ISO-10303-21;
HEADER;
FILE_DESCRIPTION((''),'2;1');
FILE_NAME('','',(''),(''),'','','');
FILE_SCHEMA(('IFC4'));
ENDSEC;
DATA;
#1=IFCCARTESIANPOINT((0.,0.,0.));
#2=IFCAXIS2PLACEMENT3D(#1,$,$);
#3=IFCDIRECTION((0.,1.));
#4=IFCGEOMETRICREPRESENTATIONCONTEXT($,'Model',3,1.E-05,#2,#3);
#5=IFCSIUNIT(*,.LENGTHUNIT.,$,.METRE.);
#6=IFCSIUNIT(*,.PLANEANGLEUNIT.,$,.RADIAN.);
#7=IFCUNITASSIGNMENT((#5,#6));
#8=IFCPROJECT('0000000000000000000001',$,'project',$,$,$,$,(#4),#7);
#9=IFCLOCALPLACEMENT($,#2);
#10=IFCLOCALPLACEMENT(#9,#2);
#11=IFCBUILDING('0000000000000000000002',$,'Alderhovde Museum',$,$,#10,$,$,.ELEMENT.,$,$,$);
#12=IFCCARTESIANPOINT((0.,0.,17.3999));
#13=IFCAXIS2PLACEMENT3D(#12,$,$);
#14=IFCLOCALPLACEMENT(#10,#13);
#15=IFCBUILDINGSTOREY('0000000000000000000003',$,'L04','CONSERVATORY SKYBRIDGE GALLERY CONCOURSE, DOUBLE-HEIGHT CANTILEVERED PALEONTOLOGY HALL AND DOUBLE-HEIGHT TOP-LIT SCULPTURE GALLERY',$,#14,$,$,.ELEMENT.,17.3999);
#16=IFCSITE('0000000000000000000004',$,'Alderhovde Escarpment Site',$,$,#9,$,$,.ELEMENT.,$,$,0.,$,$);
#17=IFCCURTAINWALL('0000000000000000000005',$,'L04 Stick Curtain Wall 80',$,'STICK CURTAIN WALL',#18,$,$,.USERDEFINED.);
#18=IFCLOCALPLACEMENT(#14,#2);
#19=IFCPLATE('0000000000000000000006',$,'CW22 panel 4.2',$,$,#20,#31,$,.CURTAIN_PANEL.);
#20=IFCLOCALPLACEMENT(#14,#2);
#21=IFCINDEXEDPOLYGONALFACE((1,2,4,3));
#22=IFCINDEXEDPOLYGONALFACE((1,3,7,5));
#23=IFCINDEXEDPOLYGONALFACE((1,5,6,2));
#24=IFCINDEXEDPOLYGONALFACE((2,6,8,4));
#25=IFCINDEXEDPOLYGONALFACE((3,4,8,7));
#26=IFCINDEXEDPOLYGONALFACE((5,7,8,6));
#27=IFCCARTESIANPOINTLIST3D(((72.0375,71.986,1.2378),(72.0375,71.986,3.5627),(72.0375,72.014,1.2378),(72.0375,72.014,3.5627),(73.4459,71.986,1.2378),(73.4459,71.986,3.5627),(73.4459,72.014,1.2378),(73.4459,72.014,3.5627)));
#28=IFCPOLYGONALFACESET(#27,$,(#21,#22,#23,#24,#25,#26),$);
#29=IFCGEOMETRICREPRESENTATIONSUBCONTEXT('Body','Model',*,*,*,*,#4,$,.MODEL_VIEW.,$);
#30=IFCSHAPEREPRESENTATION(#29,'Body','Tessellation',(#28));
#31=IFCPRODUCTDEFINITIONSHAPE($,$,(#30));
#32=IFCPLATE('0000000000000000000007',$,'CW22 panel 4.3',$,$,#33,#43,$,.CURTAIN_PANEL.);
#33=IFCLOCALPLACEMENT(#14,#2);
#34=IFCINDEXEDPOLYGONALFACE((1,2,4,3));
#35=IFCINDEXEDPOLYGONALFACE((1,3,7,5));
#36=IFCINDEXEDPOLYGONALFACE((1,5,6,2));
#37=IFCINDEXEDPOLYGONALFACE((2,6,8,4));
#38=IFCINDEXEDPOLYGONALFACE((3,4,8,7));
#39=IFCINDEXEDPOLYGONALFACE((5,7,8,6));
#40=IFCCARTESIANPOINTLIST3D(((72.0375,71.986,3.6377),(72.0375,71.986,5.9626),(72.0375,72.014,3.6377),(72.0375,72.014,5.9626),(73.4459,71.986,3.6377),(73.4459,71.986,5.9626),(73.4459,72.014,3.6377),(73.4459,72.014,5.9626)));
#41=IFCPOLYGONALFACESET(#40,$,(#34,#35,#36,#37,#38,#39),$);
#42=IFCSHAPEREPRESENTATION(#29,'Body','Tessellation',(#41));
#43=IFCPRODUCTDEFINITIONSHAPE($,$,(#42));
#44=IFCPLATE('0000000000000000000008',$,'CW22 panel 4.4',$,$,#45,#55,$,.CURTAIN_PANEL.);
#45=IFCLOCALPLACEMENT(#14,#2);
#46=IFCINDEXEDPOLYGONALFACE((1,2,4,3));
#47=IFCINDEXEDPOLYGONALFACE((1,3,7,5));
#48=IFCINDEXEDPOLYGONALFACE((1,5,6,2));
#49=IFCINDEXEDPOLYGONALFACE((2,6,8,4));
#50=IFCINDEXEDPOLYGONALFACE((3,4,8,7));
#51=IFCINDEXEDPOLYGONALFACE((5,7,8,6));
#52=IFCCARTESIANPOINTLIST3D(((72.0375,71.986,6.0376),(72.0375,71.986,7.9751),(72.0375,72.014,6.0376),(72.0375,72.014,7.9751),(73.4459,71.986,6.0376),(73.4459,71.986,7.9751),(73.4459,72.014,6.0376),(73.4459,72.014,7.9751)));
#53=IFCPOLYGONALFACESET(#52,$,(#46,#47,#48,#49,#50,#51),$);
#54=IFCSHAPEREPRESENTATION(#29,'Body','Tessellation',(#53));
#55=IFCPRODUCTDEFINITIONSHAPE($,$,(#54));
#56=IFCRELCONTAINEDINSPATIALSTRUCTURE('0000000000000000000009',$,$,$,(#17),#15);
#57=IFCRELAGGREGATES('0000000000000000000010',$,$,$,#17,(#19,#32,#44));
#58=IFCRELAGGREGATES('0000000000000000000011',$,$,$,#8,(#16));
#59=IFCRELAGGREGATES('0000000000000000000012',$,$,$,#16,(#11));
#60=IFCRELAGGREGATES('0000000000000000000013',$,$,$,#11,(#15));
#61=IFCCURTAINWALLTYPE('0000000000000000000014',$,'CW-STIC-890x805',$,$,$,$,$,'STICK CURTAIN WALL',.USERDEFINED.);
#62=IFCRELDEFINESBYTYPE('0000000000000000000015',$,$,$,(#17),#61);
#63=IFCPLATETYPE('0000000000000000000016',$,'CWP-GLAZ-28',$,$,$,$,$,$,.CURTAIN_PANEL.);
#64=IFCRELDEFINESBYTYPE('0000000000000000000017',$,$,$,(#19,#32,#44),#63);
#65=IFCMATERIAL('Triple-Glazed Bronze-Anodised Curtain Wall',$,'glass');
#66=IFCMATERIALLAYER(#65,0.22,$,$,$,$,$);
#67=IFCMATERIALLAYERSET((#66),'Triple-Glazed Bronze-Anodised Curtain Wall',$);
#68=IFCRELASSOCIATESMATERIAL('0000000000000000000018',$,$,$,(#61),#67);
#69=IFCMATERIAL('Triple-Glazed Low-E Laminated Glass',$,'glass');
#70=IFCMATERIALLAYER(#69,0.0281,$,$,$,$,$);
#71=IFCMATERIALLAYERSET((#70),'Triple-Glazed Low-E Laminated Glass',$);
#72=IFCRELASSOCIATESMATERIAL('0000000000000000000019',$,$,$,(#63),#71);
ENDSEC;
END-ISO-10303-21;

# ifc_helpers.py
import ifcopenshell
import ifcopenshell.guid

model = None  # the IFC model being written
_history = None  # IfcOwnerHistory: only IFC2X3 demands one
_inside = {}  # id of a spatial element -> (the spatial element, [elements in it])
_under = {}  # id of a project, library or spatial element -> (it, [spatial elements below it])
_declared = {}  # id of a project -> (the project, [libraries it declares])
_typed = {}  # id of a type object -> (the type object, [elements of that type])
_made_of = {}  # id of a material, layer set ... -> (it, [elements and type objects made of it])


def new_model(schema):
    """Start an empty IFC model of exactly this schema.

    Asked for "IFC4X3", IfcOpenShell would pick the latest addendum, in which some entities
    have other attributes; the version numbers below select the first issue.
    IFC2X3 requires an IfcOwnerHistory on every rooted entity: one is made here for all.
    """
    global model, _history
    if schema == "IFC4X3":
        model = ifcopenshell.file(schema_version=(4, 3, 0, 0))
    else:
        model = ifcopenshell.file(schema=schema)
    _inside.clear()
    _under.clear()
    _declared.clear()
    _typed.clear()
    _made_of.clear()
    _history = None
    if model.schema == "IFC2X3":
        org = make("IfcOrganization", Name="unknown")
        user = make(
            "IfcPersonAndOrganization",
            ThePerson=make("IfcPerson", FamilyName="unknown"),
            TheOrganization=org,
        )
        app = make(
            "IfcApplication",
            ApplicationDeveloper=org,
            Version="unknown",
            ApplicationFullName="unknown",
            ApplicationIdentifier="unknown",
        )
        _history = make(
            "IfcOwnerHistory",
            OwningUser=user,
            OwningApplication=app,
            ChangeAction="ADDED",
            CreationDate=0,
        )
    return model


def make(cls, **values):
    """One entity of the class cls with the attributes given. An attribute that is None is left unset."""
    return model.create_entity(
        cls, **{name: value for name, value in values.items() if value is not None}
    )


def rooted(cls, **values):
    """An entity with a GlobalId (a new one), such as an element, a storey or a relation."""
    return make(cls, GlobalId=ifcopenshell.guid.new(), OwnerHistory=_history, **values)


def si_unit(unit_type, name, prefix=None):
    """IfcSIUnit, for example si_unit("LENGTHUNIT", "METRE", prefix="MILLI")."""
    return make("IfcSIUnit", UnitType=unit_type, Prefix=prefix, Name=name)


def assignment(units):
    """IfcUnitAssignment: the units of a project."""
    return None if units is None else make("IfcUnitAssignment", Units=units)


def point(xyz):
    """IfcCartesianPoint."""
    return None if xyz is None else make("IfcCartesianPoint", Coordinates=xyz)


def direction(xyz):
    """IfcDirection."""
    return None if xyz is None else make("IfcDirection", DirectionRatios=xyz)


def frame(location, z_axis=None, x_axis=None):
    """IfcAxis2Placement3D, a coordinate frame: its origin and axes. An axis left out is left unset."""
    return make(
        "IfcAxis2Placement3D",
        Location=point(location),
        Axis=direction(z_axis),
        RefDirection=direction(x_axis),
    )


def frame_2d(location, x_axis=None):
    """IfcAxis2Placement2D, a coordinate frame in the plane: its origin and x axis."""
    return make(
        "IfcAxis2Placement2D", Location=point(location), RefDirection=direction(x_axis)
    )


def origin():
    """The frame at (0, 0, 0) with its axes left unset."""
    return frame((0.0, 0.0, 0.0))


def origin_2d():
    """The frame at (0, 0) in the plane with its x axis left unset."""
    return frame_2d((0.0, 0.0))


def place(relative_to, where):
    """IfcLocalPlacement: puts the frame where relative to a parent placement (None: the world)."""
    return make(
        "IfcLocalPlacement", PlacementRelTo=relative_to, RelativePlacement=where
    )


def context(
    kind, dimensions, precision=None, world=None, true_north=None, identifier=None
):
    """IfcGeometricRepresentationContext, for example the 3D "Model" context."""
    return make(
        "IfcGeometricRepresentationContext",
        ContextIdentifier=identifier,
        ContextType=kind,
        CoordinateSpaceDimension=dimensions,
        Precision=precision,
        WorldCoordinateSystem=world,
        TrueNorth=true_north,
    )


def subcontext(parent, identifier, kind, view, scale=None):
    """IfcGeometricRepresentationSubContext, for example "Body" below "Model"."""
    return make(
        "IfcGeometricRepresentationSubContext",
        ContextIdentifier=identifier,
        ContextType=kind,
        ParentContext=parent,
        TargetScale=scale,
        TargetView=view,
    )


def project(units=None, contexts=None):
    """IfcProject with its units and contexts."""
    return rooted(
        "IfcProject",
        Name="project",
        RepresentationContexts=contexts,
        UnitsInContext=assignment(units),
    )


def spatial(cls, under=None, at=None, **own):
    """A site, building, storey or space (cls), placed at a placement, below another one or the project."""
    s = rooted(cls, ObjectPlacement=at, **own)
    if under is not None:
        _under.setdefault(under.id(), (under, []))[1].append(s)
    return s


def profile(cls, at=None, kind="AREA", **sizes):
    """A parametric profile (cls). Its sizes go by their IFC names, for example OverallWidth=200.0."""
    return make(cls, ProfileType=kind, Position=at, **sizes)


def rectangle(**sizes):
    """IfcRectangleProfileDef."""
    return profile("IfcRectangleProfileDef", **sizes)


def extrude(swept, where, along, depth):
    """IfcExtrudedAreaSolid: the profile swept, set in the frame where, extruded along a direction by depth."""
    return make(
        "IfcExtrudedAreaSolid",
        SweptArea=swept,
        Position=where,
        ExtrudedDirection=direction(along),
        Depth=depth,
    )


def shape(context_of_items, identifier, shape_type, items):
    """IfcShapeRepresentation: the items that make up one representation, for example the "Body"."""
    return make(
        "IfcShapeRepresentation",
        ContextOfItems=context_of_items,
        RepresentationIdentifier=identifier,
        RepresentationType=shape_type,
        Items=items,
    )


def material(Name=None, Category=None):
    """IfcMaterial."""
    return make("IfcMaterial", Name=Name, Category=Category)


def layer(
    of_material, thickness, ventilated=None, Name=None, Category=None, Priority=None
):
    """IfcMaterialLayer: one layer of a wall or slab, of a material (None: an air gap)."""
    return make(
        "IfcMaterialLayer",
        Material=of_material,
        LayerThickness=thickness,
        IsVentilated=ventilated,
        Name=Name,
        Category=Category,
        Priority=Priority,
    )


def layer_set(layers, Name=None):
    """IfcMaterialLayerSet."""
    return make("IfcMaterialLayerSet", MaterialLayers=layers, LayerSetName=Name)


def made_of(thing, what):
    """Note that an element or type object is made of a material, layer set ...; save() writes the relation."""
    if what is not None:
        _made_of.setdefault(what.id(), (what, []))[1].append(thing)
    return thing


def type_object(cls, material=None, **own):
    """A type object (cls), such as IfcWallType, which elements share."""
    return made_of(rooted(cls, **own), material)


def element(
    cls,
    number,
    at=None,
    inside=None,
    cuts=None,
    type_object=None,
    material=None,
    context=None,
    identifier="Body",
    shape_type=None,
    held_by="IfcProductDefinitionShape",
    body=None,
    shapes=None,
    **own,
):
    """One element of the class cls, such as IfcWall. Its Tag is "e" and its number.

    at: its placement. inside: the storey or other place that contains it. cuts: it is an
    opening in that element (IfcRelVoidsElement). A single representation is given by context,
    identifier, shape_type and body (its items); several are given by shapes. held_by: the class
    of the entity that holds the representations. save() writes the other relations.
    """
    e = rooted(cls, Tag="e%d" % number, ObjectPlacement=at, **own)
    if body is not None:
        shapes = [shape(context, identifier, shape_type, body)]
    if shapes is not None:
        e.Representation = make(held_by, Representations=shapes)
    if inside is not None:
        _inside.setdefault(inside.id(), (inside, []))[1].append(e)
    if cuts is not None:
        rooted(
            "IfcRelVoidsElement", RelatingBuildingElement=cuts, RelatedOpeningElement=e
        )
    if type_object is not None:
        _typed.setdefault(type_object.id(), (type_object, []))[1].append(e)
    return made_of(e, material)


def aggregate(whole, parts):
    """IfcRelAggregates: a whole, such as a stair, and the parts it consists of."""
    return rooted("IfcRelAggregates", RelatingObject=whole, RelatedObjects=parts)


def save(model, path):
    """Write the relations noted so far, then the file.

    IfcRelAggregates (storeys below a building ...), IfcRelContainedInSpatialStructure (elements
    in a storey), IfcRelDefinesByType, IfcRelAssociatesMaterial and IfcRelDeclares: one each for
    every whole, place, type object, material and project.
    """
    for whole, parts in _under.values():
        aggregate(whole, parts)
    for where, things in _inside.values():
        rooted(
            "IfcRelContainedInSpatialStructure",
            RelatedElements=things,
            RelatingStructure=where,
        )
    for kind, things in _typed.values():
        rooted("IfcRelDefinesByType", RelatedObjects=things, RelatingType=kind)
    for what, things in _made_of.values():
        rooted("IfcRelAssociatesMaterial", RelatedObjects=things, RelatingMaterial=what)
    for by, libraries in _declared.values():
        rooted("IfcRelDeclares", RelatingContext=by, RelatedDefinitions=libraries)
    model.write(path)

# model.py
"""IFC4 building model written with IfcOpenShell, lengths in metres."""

from ifc_helpers import new_model, si_unit, direction, frame, origin, origin_2d, place, context, subcontext, project, spatial, rectangle, extrude, material, layer, layer_set, type_object, element, aggregate, save


model = new_model("IFC4")

# Units and contexts
model_context = context("Model", 3, precision=1e-05, world=origin(), true_north=direction((0.0, 1.0)))
body_context = subcontext(model_context, "Body", "Model", "MODEL_VIEW")
ifc_project = project(units=[si_unit("LENGTHUNIT", "METRE"), si_unit("PLANEANGLEUNIT", "RADIAN")], contexts=[model_context])

# Site, building, storey
site_placement = place(None, origin())
site = spatial("IfcSite", under=ifc_project, at=site_placement, Name="Alderhovde Escarpment Site", CompositionType="ELEMENT", RefElevation=0.0)
building_placement = place(site_placement, origin())
building = spatial("IfcBuilding", under=site, at=building_placement, Name="Alderhovde Museum", CompositionType="ELEMENT")
storey_placement = place(building_placement, frame((0.0, 0.0, 17.3999)))
storey = spatial("IfcBuildingStorey", under=building, at=storey_placement, Name="L04", Description="CONSERVATORY SKYBRIDGE GALLERY CONCOURSE, DOUBLE-HEIGHT CANTILEVERED PALEONTOLOGY HALL AND DOUBLE-HEIGHT TOP-LIT SCULPTURE GALLERY", CompositionType="ELEMENT", Elevation=17.3999)

# Curtain wall, plates
ifc_material_1 = material(Name="Triple-Glazed Bronze-Anodised Curtain Wall", Category="glass")
ifc_layer_1 = layer(ifc_material_1, 0.22)
ifc_layer_set_1 = layer_set([ifc_layer_1], Name="Triple-Glazed Bronze-Anodised Curtain Wall")
curtain_wall_type = type_object("IfcCurtainWallType", Name="CW-STIC-890x805", ElementType="STICK CURTAIN WALL", PredefinedType="USERDEFINED", material=ifc_layer_set_1)
curtain_wall_placement = place(storey_placement, origin())
curtain_wall = element("IfcCurtainWall", 1, at=curtain_wall_placement, inside=storey, type_object=curtain_wall_type, Name="L04 Stick Curtain Wall 80", ObjectType="STICK CURTAIN WALL", PredefinedType="USERDEFINED")
ifc_material_2 = material(Name="Triple-Glazed Low-E Laminated Glass", Category="glass")
ifc_layer_2 = layer(ifc_material_2, 0.0281)
ifc_layer_set_2 = layer_set([ifc_layer_2], Name="Triple-Glazed Low-E Laminated Glass")
plate_type = type_object("IfcPlateType", Name="CWP-GLAZ-28", PredefinedType="CURTAIN_PANEL", material=ifc_layer_set_2)
plate_1_placement = place(storey_placement, frame((72.7417, 72.0, 1.2378), z_axis=(0.0, 0.0, 1.0), x_axis=(1.0, 0.0, 0.0)))
plate_1 = element("IfcPlate", 2, at=plate_1_placement, type_object=plate_type, Name="CW22 panel 4.2", PredefinedType="CURTAIN_PANEL", context=body_context, shape_type="SweptSolid", body=[
    extrude(rectangle(XDim=1.4084, YDim=0.0281, at=origin_2d()), origin(), (0.0, 0.0, 1.0), 2.325),
])
plate_2_placement = place(storey_placement, frame((72.7417, 72.0, 3.6377), z_axis=(0.0, 0.0, 1.0), x_axis=(1.0, 0.0, 0.0)))
plate_2 = element("IfcPlate", 3, at=plate_2_placement, type_object=plate_type, Name="CW22 panel 4.3", PredefinedType="CURTAIN_PANEL", context=body_context, shape_type="SweptSolid", body=[
    extrude(rectangle(XDim=1.4084, YDim=0.0281, at=origin_2d()), origin(), (0.0, 0.0, 1.0), 2.325),
])
plate_3_placement = place(storey_placement, frame((72.7417, 72.0, 6.0376), z_axis=(0.0, 0.0, 1.0), x_axis=(1.0, 0.0, 0.0)))
plate_3 = element("IfcPlate", 4, at=plate_3_placement, type_object=plate_type, Name="CW22 panel 4.4", PredefinedType="CURTAIN_PANEL", context=body_context, shape_type="SweptSolid", body=[
    extrude(rectangle(XDim=1.4084, YDim=0.0281, at=origin_2d()), origin(), (0.0, 0.0, 1.0), 1.9375),
])
aggregate(curtain_wall, [plate_1, plate_2, plate_3])

save(model, "model.ifc")
